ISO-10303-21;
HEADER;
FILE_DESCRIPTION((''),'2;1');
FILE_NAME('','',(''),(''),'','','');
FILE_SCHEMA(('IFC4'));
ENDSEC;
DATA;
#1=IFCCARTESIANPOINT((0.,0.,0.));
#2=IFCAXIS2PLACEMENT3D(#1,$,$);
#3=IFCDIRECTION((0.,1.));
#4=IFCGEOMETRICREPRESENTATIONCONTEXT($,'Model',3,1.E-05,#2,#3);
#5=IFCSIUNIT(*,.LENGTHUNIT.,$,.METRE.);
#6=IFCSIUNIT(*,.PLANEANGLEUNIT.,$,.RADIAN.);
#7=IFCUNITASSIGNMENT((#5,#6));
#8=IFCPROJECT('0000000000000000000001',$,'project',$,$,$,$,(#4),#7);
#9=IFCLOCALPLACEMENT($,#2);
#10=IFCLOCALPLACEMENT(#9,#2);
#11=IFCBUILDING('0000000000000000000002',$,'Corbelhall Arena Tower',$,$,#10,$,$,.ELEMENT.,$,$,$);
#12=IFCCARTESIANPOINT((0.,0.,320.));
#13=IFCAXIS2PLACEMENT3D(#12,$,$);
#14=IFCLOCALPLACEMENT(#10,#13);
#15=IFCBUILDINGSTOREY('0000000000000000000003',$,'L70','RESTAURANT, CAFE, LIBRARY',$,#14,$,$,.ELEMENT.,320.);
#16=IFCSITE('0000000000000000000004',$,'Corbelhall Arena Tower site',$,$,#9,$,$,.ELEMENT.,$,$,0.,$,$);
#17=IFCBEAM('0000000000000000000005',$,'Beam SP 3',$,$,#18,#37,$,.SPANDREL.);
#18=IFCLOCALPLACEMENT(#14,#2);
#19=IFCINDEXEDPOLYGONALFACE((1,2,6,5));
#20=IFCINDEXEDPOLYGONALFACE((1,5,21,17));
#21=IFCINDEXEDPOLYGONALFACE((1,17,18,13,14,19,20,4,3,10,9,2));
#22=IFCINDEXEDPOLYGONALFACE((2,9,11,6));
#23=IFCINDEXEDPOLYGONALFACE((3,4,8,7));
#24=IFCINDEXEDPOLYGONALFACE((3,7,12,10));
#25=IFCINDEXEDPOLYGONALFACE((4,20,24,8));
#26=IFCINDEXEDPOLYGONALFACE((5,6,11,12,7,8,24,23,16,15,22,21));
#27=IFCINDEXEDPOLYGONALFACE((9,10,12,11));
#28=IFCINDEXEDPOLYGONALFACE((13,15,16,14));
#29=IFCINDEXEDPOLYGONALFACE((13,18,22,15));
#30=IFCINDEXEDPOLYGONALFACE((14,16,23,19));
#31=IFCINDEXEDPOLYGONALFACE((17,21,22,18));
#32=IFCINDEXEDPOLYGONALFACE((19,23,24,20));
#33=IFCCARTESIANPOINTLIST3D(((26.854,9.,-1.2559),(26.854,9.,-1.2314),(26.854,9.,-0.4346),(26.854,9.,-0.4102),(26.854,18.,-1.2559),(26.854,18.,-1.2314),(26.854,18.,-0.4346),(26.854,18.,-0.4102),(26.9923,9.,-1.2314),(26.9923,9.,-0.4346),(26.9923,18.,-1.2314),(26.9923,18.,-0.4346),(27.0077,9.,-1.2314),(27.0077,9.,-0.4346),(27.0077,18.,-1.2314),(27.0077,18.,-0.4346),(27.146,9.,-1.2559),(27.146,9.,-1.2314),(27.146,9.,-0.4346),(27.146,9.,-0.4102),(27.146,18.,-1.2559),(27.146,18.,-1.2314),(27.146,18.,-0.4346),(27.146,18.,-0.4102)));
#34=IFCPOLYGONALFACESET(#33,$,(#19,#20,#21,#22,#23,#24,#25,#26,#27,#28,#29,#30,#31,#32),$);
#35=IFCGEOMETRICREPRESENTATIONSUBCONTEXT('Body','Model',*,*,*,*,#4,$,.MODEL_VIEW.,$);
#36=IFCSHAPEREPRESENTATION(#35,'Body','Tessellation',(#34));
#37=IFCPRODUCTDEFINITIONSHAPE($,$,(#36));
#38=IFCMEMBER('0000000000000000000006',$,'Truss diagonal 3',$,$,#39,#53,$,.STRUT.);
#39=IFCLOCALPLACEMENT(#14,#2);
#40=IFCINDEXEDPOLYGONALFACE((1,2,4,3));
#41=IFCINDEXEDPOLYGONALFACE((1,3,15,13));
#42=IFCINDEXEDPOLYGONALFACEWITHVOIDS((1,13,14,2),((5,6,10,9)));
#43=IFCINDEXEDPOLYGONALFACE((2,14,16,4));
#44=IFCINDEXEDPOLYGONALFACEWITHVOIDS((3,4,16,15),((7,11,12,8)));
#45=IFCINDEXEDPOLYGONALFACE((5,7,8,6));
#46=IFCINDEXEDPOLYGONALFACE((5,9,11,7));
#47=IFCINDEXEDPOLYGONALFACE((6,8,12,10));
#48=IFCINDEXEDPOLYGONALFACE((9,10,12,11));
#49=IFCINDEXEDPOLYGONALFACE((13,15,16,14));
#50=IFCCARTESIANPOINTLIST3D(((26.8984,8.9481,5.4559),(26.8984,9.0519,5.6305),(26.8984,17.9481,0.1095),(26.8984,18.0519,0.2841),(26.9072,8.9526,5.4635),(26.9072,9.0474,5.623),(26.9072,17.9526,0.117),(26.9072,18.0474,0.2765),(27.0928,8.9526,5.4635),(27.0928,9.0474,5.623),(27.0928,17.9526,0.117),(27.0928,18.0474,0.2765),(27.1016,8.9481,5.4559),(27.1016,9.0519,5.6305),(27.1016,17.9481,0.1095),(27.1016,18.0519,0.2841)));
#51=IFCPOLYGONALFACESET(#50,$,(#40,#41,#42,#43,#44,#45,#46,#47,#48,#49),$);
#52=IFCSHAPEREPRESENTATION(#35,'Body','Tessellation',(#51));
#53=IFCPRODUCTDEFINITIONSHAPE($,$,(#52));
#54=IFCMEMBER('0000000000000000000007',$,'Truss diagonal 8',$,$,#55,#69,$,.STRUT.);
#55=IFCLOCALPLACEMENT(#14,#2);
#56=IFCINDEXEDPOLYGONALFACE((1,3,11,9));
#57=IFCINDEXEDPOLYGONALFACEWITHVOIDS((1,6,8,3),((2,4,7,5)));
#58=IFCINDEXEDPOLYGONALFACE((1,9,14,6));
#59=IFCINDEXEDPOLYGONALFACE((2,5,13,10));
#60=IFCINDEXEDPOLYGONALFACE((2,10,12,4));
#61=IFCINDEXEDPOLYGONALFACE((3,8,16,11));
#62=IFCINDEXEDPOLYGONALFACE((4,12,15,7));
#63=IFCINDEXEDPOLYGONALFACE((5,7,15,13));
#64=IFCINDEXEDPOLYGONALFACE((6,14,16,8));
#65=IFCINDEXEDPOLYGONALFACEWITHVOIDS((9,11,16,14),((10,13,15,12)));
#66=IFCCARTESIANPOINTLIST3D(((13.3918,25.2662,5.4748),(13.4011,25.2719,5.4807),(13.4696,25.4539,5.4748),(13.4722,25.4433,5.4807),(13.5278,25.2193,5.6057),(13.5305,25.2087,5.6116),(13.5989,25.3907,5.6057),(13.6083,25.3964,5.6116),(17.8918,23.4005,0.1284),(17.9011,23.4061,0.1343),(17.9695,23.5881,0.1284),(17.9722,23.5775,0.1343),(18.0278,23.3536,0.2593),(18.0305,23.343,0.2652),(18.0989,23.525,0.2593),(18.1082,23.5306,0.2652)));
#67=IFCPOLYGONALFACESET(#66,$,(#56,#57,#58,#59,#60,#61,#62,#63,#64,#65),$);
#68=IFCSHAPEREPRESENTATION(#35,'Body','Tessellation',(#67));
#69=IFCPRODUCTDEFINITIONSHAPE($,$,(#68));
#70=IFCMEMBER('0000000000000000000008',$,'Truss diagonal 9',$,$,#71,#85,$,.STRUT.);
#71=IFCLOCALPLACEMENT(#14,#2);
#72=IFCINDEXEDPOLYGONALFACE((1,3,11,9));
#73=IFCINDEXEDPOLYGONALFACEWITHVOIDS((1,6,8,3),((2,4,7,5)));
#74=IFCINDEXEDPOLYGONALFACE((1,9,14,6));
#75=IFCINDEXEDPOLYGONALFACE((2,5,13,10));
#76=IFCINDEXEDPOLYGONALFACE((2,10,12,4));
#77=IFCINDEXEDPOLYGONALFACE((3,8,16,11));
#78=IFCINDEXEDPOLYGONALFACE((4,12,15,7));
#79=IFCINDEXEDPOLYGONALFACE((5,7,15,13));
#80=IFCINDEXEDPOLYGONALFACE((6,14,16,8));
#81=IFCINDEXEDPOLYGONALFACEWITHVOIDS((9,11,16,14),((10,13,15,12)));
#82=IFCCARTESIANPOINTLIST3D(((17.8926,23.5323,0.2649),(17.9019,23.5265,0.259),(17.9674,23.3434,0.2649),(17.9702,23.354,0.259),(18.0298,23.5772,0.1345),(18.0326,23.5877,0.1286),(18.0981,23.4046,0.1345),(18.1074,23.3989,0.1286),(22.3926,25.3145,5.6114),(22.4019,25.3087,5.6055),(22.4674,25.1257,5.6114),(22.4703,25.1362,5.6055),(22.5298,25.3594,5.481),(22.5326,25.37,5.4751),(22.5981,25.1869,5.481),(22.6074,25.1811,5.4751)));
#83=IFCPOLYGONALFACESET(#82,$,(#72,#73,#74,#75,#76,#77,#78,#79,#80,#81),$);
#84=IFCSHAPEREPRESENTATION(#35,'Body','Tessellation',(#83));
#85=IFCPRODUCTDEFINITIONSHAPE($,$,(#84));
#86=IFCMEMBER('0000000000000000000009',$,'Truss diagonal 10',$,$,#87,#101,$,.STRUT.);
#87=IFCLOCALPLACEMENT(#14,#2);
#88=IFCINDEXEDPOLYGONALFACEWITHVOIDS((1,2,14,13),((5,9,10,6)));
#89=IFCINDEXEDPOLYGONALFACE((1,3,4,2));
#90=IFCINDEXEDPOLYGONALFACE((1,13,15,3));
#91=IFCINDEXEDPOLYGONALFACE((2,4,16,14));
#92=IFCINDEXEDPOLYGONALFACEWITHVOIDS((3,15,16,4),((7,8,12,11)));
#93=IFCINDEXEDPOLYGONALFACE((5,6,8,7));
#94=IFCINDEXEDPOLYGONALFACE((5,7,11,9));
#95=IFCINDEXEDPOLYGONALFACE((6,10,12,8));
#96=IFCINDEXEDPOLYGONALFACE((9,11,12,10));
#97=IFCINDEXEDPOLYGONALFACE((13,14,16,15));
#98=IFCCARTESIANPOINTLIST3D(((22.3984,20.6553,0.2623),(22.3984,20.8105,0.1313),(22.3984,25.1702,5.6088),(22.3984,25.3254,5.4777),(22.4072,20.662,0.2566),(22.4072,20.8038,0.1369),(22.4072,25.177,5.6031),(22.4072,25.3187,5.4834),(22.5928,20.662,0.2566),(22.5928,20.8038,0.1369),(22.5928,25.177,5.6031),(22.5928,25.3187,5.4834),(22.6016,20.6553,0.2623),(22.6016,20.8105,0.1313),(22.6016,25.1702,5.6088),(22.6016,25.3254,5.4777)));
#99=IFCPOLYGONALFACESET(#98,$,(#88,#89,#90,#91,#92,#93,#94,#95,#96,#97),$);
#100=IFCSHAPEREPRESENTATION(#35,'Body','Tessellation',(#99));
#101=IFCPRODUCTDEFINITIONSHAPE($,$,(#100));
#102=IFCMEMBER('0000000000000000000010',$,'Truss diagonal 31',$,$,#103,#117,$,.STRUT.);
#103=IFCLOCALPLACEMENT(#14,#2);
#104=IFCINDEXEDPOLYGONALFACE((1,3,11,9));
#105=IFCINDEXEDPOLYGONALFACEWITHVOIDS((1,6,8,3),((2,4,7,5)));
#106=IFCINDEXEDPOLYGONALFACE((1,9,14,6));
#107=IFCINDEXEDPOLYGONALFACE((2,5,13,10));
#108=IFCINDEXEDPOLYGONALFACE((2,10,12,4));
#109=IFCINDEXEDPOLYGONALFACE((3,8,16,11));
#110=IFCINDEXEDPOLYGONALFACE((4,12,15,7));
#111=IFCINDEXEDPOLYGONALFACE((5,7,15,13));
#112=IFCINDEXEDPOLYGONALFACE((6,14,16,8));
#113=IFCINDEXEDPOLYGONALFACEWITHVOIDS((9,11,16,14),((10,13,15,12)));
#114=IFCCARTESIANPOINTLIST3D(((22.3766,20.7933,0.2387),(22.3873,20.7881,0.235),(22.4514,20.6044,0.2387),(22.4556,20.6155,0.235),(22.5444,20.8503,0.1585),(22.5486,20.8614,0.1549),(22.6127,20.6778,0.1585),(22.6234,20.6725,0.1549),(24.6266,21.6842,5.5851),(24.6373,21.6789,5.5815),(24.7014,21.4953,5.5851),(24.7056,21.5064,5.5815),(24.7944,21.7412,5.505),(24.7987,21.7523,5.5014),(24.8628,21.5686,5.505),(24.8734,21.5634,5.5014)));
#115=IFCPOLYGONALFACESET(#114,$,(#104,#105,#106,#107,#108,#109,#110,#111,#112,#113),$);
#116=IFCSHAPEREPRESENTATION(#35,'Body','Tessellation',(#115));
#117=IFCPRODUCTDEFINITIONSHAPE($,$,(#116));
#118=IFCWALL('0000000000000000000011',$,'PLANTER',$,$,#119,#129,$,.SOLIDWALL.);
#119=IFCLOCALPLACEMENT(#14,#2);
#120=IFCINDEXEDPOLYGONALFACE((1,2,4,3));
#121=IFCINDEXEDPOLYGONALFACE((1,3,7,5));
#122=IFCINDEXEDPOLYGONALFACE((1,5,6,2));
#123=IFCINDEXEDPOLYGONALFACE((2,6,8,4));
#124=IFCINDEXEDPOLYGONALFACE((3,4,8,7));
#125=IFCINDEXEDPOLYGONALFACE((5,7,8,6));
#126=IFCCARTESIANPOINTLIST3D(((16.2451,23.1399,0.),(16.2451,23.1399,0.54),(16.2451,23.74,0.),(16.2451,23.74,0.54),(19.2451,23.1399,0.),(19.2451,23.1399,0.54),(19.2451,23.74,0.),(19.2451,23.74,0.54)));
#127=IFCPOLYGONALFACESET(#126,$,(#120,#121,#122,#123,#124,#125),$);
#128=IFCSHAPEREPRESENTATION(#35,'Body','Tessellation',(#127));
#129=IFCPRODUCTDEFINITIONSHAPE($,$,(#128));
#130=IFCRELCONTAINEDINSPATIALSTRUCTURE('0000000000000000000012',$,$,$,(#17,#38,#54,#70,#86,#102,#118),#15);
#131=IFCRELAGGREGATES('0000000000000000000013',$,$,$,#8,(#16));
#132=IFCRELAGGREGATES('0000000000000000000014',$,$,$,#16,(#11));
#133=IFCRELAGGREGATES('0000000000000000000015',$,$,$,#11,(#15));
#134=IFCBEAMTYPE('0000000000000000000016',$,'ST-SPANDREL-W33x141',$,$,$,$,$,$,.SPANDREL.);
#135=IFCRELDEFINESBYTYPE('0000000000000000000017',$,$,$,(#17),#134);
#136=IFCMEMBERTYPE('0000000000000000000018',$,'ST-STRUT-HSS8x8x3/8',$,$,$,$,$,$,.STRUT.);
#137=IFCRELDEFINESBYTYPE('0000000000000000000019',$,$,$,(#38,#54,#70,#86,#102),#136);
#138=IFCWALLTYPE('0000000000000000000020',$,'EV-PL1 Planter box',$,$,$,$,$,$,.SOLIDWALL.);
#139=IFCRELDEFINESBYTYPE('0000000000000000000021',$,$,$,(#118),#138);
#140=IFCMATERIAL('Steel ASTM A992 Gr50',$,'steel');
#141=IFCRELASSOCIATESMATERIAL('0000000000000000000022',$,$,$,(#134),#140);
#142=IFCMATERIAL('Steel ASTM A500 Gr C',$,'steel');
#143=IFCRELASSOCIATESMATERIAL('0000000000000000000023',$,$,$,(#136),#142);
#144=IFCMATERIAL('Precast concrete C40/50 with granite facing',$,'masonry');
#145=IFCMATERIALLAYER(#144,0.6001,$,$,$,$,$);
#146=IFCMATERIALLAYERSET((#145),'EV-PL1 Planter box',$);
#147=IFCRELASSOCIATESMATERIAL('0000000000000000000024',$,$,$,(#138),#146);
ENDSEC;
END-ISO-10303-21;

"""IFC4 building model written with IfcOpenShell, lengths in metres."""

from ifc_helpers import new_model, si_unit, direction, frame, frame_2d, origin, origin_2d, place, context, subcontext, project, spatial, rectangle, hollow_rectangle, i_section, extrude, material, layer, layer_set, material_profile, profile_set, type_object, element, save


model = new_model("IFC4")

# Units and contexts
model_context = context("Model", 3, precision=1e-05, world=origin(), true_north=direction((0.0, 1.0)))
body_context = subcontext(model_context, "Body", "Model", "MODEL_VIEW")
ifc_project = project(units=[si_unit("LENGTHUNIT", "METRE"), si_unit("PLANEANGLEUNIT", "RADIAN")], contexts=[model_context])

# Site, building, storey
site_placement = place(None, origin())
site = spatial("IfcSite", under=ifc_project, at=site_placement, Name="Corbelhall Arena Tower site", CompositionType="ELEMENT", RefElevation=0.0)
building_placement = place(site_placement, origin())
building = spatial("IfcBuilding", under=site, at=building_placement, Name="Corbelhall Arena Tower", CompositionType="ELEMENT")
storey_placement = place(building_placement, frame((0.0, 0.0, 320.0)))
storey = spatial("IfcBuildingStorey", under=building, at=storey_placement, Name="L70", Description="RESTAURANT, CAFE, LIBRARY", CompositionType="ELEMENT", Elevation=320.0)

# Shared definitions
ifc_material_1 = material(Name="Steel ASTM A992 Gr50", Category="steel")

# Beam
ifc_material_profile_1 = material_profile(ifc_material_1, i_section(OverallWidth=0.292, OverallDepth=0.8457, WebThickness=0.0154, FlangeThickness=0.0244, at=origin_2d()))
ifc_profile_set_1 = profile_set([ifc_material_profile_1], Name="Steel ASTM A992 Gr50")
beam_type_1 = type_object("IfcBeamType", Name="ST-SPANDREL-W33x141", PredefinedType="SPANDREL", material=ifc_profile_set_1)
beam_1_placement = place(storey_placement, frame((27.0, 18.0, -0.833), z_axis=(0.0, -1.0, 0.0), x_axis=(1.0, 0.0, 0.0)))
element("IfcBeam", 1, at=beam_1_placement, inside=storey, type_object=beam_type_1, Name="Beam SP 3", PredefinedType="SPANDREL", context=body_context, shape_type="SweptSolid", body=[
    extrude(i_section(OverallWidth=0.292, OverallDepth=0.8457, WebThickness=0.0154, FlangeThickness=0.0244, at=origin_2d()), origin(), (0.0, 0.0, 1.0), 9.0),
])

# Members
ifc_material_2 = material(Name="Steel ASTM A500 Gr C", Category="steel")
ifc_material_profile_2 = material_profile(ifc_material_2, hollow_rectangle(XDim=0.2031, YDim=0.2031, WallThickness=0.0088, at=origin_2d()))
ifc_profile_set_2 = profile_set([ifc_material_profile_2], Name="Steel ASTM A500 Gr C")
member_type_1 = type_object("IfcMemberType", Name="ST-STRUT-HSS8x8x3/8", PredefinedType="STRUT", material=ifc_profile_set_2)
member_1_placement = place(storey_placement, frame((27.0, 18.0, 0.1968), z_axis=(0.0, -0.859742, 0.510728), x_axis=(1.0, 0.0, 0.0)))
element("IfcMember", 2, at=member_1_placement, inside=storey, type_object=member_type_1, Name="Truss diagonal 3", PredefinedType="STRUT", context=body_context, shape_type="SweptSolid", body=[
    extrude(hollow_rectangle(XDim=0.2031, YDim=0.2031, WallThickness=0.0088, at=origin_2d()), origin(), (0.0, 0.0, 1.0), 10.4683),
])
member_2_placement = place(storey_placement, frame((18.0, 23.4656, 0.1968), z_axis=(-0.622154, 0.257948, 0.73918), x_axis=(-0.382992, -0.923752, 0.0)))
element("IfcMember", 3, at=member_2_placement, inside=storey, type_object=member_type_1, Name="Truss diagonal 8", PredefinedType="STRUT", context=body_context, shape_type="SweptSolid", body=[
    extrude(hollow_rectangle(XDim=0.2031, YDim=0.2031, WallThickness=0.0088, at=origin_2d()), origin(), (0.0, 0.0, 1.0), 7.2329),
])
member_3_placement = place(storey_placement, frame((18.0, 23.4656, 0.1968), z_axis=(0.623973, 0.247125, 0.741341), x_axis=(-0.368223, 0.929738, 0.0)))
element("IfcMember", 4, at=member_3_placement, inside=storey, type_object=member_type_1, Name="Truss diagonal 9", PredefinedType="STRUT", context=body_context, shape_type="SweptSolid", body=[
    extrude(hollow_rectangle(XDim=0.2031, YDim=0.2031, WallThickness=0.0088, at=origin_2d()), origin(), (0.0, 0.0, 1.0), 7.2119),
])
member_4_placement = place(storey_placement, frame((22.5, 20.7329, 0.1968), z_axis=(0.0, 0.645191, 0.764021), x_axis=(-1.0, 0.0, 0.0)))
element("IfcMember", 5, at=member_4_placement, inside=storey, type_object=member_type_1, Name="Truss diagonal 10", PredefinedType="STRUT", context=body_context, shape_type="SweptSolid", body=[
    extrude(hollow_rectangle(XDim=0.2031, YDim=0.2031, WallThickness=0.0088, at=origin_2d()), origin(), (0.0, 0.0, 1.0), 6.9978),
])
member_5_placement = place(storey_placement, frame((22.5, 20.7329, 0.1968), z_axis=(0.383396, 0.151803, 0.911023), x_axis=(-0.368136, 0.929772, 0.0)))
element("IfcMember", 6, at=member_5_placement, inside=storey, type_object=member_type_1, Name="Truss diagonal 31", PredefinedType="STRUT", context=body_context, shape_type="SweptSolid", body=[
    extrude(hollow_rectangle(XDim=0.2031, YDim=0.2031, WallThickness=0.0088, at=origin_2d()), origin(), (0.0, 0.0, 1.0), 5.8687),
])

# Wall
ifc_material_3 = material(Name="Precast concrete C40/50 with granite facing", Category="masonry")
ifc_layer = layer(ifc_material_3, 0.6001)
ifc_layer_set = layer_set([ifc_layer], Name="EV-PL1 Planter box")
wall_type = type_object("IfcWallType", Name="EV-PL1 Planter box", PredefinedType="SOLIDWALL", material=ifc_layer_set)
wall_placement = place(storey_placement, frame((16.2451, 23.4399, 0.0), z_axis=(0.0, 0.0, 1.0), x_axis=(1.0, 0.0, 0.0)))
element("IfcWall", 7, at=wall_placement, inside=storey, type_object=wall_type, Name="PLANTER", PredefinedType="SOLIDWALL", context=body_context, shape_type="SweptSolid", body=[
    extrude(rectangle(XDim=3.0, YDim=0.6001, at=frame_2d((1.5, 0.0))), origin(), (0.0, 0.0, 1.0), 0.54),
])

save(model, "model.ifc")
